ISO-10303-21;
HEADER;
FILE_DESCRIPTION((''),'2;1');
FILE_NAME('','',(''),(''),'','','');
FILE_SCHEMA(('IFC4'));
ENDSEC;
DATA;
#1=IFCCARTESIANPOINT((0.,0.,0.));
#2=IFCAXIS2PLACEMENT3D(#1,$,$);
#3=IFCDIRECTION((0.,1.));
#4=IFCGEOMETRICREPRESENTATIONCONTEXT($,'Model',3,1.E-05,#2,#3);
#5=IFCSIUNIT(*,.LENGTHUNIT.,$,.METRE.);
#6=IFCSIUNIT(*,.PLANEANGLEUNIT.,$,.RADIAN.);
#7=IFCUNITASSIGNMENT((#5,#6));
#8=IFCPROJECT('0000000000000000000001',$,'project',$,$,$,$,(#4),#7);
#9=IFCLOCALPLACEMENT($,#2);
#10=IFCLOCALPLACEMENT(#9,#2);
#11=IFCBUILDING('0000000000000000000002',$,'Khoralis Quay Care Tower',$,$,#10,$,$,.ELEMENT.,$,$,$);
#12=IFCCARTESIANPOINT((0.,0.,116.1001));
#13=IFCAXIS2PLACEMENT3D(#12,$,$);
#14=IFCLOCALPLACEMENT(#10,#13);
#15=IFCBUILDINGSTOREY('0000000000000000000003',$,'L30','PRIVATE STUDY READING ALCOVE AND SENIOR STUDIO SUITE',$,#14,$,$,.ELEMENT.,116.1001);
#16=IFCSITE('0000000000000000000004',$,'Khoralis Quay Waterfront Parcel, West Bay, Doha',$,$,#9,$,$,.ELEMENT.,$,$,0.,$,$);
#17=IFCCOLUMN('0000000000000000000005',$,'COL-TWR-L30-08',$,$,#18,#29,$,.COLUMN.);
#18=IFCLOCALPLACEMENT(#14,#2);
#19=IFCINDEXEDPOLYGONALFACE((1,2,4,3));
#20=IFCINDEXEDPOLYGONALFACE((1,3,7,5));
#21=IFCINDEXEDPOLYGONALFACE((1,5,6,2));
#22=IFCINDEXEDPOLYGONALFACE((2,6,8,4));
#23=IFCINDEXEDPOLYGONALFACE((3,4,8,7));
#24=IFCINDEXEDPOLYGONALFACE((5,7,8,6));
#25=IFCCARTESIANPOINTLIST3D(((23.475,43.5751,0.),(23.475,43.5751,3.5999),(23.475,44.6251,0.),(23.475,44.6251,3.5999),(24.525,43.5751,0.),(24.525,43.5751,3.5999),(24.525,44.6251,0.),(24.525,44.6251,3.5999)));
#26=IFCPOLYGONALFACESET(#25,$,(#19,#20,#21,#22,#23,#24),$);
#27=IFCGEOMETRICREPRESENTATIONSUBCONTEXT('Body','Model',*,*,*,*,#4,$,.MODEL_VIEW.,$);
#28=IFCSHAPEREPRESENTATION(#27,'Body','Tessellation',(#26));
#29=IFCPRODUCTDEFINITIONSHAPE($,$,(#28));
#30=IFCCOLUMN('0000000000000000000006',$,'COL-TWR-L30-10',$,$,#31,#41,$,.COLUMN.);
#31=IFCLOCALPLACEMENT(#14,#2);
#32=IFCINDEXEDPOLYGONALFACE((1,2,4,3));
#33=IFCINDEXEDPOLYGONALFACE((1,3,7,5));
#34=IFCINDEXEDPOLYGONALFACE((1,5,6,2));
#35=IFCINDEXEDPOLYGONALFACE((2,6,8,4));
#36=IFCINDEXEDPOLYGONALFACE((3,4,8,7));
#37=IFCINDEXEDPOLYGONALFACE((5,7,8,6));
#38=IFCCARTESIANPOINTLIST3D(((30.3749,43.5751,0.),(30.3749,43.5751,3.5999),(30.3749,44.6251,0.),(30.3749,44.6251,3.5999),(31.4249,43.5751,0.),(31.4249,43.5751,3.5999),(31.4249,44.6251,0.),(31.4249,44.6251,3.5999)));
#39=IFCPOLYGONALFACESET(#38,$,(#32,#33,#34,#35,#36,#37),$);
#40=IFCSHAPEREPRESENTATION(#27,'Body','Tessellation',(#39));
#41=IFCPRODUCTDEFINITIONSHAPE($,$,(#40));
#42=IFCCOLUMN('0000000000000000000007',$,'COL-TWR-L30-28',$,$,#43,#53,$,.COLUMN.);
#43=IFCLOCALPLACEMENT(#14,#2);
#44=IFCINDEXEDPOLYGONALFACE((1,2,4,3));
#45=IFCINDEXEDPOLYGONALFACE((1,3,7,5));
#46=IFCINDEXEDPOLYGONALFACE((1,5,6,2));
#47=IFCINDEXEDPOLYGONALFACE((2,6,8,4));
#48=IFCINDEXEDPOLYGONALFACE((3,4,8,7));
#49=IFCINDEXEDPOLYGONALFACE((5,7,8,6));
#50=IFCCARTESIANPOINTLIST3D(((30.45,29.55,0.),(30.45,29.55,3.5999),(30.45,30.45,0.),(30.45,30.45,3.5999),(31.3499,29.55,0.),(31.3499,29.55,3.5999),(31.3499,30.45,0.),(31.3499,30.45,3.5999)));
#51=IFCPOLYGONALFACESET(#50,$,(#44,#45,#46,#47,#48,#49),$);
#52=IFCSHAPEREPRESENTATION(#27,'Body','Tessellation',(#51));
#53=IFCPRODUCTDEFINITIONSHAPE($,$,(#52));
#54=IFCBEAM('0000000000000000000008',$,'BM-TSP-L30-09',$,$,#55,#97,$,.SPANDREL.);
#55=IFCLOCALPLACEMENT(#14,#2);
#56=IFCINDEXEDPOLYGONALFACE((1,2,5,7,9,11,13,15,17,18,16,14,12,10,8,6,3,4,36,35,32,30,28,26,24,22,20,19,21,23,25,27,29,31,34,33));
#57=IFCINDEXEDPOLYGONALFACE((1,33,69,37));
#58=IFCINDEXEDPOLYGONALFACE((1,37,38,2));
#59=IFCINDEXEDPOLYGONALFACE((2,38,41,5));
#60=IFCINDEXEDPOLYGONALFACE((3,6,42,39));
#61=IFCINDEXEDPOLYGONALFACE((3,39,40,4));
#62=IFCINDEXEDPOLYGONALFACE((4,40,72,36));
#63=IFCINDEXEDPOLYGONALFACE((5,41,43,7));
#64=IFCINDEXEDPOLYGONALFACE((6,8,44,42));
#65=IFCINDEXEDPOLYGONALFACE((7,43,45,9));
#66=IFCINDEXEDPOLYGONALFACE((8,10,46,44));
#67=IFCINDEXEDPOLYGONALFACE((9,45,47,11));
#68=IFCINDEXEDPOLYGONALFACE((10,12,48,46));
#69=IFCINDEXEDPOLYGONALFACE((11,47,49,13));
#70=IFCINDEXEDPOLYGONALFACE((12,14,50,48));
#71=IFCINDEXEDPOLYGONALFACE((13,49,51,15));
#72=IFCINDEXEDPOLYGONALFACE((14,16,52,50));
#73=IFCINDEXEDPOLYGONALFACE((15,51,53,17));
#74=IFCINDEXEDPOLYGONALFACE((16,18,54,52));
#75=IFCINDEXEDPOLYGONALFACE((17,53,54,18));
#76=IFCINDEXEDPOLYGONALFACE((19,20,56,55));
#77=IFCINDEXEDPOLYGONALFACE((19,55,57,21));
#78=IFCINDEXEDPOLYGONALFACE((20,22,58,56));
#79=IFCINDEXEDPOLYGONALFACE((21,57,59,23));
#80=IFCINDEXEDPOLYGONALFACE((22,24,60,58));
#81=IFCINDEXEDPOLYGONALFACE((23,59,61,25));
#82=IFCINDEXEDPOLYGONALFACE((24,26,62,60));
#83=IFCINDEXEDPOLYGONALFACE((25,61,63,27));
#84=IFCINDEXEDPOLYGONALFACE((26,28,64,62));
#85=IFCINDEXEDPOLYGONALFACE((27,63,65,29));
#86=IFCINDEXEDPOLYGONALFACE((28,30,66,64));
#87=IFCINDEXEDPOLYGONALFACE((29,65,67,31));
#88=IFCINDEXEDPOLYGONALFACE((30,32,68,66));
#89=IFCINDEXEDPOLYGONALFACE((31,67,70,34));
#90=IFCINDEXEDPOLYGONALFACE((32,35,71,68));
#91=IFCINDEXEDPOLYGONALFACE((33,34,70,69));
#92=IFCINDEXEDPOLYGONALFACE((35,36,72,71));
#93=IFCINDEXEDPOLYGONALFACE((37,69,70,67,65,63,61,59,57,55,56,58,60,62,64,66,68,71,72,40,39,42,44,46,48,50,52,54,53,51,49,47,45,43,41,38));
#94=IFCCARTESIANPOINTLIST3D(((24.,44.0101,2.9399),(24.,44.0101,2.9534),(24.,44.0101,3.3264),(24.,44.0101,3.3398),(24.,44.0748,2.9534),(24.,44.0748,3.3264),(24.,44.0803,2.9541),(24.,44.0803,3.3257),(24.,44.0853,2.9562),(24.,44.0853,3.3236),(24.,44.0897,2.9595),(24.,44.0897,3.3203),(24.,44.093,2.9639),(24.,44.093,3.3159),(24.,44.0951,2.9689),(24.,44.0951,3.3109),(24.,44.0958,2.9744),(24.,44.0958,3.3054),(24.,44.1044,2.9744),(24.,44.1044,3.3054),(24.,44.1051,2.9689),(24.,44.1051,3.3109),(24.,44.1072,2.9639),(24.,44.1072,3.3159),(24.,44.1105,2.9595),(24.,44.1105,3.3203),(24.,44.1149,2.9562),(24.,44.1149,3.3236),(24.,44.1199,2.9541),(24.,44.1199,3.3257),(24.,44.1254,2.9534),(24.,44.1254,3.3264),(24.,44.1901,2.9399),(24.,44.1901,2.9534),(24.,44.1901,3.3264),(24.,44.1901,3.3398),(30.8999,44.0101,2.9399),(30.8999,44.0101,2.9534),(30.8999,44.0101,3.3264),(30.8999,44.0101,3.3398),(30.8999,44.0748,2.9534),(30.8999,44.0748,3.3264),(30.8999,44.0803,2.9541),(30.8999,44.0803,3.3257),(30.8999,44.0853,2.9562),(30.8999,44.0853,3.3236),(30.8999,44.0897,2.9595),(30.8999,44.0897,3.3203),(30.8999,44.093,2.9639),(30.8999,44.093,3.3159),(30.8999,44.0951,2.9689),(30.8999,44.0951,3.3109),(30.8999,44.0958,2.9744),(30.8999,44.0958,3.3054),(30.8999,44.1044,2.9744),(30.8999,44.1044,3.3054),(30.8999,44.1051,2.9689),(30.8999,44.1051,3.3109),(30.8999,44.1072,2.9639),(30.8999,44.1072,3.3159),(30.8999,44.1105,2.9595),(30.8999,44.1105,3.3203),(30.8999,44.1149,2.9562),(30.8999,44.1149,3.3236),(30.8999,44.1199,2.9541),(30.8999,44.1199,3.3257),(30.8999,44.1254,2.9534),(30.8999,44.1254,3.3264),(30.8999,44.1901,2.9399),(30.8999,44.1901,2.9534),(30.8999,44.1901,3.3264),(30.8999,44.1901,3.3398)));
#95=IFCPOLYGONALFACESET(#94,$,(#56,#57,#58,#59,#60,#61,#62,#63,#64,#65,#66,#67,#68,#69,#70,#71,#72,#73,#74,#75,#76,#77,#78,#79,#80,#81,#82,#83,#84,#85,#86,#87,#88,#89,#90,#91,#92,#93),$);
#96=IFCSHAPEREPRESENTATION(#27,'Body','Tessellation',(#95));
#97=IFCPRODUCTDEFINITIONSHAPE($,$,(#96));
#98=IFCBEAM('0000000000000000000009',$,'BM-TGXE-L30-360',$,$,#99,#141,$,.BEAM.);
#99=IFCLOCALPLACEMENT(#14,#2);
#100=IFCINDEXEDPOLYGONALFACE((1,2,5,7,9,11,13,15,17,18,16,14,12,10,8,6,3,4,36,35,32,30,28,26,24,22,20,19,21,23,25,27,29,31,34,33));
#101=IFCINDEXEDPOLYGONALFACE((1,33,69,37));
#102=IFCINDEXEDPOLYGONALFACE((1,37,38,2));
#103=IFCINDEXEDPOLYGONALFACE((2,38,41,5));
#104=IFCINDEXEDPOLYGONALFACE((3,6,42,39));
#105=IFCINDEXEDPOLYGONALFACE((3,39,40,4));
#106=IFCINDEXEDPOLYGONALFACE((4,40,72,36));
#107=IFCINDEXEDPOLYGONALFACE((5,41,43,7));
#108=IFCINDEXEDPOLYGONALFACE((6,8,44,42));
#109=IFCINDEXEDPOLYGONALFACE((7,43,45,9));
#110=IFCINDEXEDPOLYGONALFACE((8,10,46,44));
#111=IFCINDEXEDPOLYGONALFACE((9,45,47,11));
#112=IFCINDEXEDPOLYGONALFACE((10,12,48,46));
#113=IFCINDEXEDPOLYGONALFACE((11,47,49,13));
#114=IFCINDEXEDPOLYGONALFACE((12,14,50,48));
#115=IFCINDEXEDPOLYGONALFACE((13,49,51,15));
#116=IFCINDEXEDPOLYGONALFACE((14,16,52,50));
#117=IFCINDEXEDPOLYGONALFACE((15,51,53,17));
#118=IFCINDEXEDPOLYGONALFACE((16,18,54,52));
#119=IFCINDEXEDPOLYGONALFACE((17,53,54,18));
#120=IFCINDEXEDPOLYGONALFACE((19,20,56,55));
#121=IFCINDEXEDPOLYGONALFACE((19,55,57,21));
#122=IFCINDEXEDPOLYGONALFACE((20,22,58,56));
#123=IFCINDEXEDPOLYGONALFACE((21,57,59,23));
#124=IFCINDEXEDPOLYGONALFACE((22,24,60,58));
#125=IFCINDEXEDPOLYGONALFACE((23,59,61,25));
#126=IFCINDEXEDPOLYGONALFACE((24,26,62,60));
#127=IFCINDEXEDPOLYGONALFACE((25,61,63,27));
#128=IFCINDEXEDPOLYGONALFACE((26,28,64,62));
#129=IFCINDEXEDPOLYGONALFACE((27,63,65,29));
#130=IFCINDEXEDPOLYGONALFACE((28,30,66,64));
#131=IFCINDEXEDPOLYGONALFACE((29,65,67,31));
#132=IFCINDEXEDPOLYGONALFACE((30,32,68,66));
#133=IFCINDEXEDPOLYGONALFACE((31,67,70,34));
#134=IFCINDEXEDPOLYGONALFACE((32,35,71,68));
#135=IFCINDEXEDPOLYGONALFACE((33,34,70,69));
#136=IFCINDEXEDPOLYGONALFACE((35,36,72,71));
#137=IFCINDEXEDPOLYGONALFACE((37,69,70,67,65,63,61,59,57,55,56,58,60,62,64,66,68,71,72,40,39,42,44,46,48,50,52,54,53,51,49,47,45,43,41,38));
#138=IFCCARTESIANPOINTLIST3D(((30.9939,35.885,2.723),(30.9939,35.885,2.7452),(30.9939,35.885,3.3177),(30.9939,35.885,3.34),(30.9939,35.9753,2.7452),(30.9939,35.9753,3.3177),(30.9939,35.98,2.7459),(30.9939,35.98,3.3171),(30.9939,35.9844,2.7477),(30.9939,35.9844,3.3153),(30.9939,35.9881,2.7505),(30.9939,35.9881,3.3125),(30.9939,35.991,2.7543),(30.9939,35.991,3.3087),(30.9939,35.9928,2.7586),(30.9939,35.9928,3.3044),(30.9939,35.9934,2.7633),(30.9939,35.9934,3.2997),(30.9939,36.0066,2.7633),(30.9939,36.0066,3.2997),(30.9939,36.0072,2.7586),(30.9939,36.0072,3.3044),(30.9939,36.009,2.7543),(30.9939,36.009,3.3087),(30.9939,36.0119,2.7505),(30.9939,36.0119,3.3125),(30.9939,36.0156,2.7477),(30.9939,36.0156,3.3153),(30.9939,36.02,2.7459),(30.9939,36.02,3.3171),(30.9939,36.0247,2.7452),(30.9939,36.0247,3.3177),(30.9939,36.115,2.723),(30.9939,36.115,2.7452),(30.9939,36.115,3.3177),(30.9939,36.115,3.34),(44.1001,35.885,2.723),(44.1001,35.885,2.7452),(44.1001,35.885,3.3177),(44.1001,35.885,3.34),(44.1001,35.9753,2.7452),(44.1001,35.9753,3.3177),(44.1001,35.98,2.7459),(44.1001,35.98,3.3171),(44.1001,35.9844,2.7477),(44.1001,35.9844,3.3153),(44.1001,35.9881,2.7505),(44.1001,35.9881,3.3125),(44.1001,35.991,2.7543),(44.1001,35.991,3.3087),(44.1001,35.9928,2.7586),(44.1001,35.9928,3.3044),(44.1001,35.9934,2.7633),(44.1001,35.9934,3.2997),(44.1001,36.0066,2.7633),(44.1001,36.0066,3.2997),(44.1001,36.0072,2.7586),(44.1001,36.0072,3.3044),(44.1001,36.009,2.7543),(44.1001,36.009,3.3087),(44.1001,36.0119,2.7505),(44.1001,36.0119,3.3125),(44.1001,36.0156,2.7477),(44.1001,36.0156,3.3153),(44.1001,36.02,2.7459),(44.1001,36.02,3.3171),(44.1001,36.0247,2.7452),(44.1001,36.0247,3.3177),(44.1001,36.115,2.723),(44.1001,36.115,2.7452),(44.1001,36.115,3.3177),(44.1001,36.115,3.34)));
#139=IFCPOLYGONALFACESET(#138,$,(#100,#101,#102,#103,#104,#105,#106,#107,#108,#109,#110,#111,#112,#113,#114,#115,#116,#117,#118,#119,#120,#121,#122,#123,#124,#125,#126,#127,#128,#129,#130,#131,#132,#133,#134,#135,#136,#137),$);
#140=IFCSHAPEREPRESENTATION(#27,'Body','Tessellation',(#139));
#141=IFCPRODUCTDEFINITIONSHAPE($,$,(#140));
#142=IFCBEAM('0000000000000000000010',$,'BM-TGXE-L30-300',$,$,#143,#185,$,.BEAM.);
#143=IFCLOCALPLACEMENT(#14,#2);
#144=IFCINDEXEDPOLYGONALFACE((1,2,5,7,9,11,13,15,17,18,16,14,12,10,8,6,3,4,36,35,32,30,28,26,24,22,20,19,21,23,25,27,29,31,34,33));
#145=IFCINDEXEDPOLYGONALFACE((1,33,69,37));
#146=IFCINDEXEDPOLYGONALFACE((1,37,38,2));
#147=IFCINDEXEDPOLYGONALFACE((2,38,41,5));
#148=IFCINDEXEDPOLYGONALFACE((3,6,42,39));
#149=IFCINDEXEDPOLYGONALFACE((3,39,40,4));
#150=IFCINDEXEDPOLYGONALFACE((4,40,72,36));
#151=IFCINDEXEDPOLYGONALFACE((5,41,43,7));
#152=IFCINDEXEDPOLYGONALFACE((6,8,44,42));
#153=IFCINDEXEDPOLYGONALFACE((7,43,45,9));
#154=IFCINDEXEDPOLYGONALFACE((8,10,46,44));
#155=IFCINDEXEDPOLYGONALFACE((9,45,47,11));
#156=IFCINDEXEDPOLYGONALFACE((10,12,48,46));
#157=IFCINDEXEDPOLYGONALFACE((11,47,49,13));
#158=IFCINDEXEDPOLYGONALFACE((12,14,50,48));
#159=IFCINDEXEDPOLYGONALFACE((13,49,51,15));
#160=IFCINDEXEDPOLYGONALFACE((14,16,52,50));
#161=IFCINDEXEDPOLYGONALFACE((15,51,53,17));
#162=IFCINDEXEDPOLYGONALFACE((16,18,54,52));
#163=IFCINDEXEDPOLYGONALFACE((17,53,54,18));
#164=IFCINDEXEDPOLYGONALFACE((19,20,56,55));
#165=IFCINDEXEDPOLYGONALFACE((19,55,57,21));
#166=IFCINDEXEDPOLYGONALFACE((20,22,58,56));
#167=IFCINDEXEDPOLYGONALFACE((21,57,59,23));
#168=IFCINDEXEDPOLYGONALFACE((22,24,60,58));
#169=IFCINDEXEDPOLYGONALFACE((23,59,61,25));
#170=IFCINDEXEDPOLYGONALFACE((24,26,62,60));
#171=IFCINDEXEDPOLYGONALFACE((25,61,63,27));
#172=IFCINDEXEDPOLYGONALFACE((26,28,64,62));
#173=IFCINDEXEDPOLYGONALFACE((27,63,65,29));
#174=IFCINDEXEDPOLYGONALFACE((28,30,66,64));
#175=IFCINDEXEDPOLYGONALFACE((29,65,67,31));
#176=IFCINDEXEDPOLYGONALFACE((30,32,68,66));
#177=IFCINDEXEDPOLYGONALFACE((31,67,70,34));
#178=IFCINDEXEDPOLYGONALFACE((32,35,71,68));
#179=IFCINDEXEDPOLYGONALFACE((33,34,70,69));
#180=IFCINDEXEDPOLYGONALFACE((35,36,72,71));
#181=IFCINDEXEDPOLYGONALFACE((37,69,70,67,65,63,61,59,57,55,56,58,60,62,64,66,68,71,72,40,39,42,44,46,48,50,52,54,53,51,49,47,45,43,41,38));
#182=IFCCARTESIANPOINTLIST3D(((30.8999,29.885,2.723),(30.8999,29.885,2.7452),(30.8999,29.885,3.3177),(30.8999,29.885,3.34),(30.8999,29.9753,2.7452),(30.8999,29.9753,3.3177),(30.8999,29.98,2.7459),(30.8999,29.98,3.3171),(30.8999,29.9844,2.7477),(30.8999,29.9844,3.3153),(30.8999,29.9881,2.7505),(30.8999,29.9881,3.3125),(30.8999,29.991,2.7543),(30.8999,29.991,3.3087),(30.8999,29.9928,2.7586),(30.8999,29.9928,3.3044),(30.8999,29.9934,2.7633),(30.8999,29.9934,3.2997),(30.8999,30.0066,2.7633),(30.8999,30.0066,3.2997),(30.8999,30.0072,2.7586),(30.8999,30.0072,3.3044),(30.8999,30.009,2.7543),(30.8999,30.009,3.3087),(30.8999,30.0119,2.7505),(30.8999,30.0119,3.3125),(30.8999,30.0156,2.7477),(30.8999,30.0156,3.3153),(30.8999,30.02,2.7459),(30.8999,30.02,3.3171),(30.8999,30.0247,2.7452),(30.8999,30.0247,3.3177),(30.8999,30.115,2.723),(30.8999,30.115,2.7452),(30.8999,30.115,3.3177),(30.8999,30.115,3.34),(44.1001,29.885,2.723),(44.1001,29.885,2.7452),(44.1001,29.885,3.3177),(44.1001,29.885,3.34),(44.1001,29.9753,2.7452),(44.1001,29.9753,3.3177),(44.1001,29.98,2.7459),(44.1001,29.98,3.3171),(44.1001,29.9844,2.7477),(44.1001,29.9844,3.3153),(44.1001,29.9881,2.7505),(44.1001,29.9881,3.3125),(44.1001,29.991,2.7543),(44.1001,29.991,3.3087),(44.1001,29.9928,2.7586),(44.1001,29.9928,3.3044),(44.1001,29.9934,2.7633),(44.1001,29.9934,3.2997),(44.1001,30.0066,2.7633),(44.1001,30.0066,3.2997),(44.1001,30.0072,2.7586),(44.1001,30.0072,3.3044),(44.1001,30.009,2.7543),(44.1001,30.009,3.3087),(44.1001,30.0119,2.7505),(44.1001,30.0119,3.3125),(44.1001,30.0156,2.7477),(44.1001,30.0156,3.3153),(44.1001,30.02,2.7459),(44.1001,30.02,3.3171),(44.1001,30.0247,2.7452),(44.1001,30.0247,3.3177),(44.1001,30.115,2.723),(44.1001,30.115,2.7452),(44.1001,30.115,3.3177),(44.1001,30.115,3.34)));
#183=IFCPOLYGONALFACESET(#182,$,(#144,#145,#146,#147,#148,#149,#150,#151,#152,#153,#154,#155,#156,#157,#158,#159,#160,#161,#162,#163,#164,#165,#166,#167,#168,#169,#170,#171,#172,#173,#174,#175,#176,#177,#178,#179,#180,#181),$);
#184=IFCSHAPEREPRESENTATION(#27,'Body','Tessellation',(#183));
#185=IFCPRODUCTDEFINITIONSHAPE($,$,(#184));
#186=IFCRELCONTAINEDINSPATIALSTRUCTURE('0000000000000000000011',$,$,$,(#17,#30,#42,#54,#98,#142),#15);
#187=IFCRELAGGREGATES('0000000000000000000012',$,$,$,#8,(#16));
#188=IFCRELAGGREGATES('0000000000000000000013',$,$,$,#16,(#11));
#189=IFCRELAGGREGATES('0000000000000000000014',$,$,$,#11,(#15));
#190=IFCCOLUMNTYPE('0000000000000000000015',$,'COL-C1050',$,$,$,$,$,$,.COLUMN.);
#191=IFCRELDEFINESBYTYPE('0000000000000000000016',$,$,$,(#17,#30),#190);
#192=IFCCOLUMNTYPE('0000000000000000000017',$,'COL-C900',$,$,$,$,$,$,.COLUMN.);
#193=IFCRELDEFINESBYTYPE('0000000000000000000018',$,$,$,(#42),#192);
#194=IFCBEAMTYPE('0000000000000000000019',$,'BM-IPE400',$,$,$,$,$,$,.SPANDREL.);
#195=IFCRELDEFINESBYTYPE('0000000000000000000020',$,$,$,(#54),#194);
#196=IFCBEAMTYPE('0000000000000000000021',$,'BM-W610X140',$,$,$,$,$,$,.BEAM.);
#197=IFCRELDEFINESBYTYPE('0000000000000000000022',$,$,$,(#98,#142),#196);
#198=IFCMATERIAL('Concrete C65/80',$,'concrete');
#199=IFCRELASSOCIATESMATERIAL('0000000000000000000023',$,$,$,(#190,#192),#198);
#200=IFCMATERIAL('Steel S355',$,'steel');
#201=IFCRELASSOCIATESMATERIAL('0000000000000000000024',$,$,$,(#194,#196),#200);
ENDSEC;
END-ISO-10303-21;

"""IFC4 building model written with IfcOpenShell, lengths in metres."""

from ifc_helpers import new_model, si_unit, direction, frame, origin, origin_2d, place, context, subcontext, project, spatial, rectangle, i_section, extrude, source, transform, mapped, material, material_profile, profile_set, type_object, element, save


model = new_model("IFC4")

# Units and contexts
model_context = context("Model", 3, precision=1e-05, world=origin(), true_north=direction((0.0, 1.0)))
body_context = subcontext(model_context, "Body", "Model", "MODEL_VIEW")
ifc_project = project(units=[si_unit("LENGTHUNIT", "METRE"), si_unit("PLANEANGLEUNIT", "RADIAN")], contexts=[model_context])

# Site, building, storey
site_placement = place(None, origin())
site = spatial("IfcSite", under=ifc_project, at=site_placement, Name="Khoralis Quay Waterfront Parcel, West Bay, Doha", CompositionType="ELEMENT", RefElevation=0.0)
building_placement = place(site_placement, origin())
building = spatial("IfcBuilding", under=site, at=building_placement, Name="Khoralis Quay Care Tower", CompositionType="ELEMENT")
storey_placement = place(building_placement, frame((0.0, 0.0, 116.1001)))
storey = spatial("IfcBuildingStorey", under=building, at=storey_placement, Name="L30", Description="PRIVATE STUDY READING ALCOVE AND SENIOR STUDIO SUITE", CompositionType="ELEMENT", Elevation=116.1001)

# Columns
ifc_material_1 = material(Name="Concrete C65/80", Category="concrete")
ifc_material_profile_1 = material_profile(ifc_material_1, rectangle(XDim=1.05, YDim=1.05, at=origin_2d()), Name="Concrete C65/80")
ifc_profile_set_1 = profile_set([ifc_material_profile_1], Name="Concrete C65/80")
column_type_1 = type_object("IfcColumnType", Name="COL-C1050", PredefinedType="COLUMN", material=ifc_profile_set_1)
shared_shape_1 = source(origin(), body_context, "Body", "SweptSolid", [
    extrude(rectangle(XDim=1.05, YDim=1.05, at=origin_2d()), origin(), (0.0, 0.0, 1.0), 3.5999),
])
for number, where, z_axis, x_axis, name in (
    (1, (24.0, 44.1001, 0.0), (0.0, 0.0, 1.0), (1.0, 0.0, 0.0), "COL-TWR-L30-08"),
    (2, (30.8999, 44.1001, 0.0), (0.0, 0.0, 1.0), (1.0, 0.0, 0.0), "COL-TWR-L30-10"),
):
    element("IfcColumn", number, at=place(storey_placement, frame(where, z_axis=z_axis, x_axis=x_axis)), inside=storey, type_object=column_type_1, Name=name, PredefinedType="COLUMN", context=body_context, shape_type="MappedRepresentation", body=[
        mapped(shared_shape_1, transform((0.0, 0.0, 0.0), scale=1.0)),
    ])
ifc_material_profile_2 = material_profile(ifc_material_1, rectangle(XDim=0.8999, YDim=0.8999, at=origin_2d()), Name="Concrete C65/80")
ifc_profile_set_2 = profile_set([ifc_material_profile_2], Name="Concrete C65/80")
column_type_2 = type_object("IfcColumnType", Name="COL-C900", PredefinedType="COLUMN", material=ifc_profile_set_2)
shared_shape_2 = source(origin(), body_context, "Body", "SweptSolid", [
    extrude(rectangle(XDim=0.8999, YDim=0.8999, at=origin_2d()), origin(), (0.0, 0.0, 1.0), 3.5999),
])
column_placement = place(storey_placement, frame((30.8999, 30.0, 0.0), z_axis=(0.0, 0.0, 1.0), x_axis=(1.0, 0.0, 0.0)))
element("IfcColumn", 3, at=column_placement, inside=storey, type_object=column_type_2, Name="COL-TWR-L30-28", PredefinedType="COLUMN", context=body_context, shape_type="MappedRepresentation", body=[
    mapped(shared_shape_2, transform((0.0, 0.0, 0.0), scale=1.0)),
])

# Beams
ifc_material_2 = material(Name="Steel S355", Category="steel")
ifc_material_profile_3 = material_profile(ifc_material_2, i_section(OverallWidth=0.1799, OverallDepth=0.3999, WebThickness=0.0085, FlangeThickness=0.0134, FilletRadius=0.021, at=origin_2d()), Name="Steel S355")
ifc_profile_set_3 = profile_set([ifc_material_profile_3], Name="Steel S355")
beam_type_1 = type_object("IfcBeamType", Name="BM-IPE400", PredefinedType="SPANDREL", material=ifc_profile_set_3)
shared_shape_3 = source(origin(), body_context, "Body", "SweptSolid", [
    extrude(i_section(OverallWidth=0.1799, OverallDepth=0.3999, WebThickness=0.0085, FlangeThickness=0.0134, FilletRadius=0.021, at=origin_2d()), origin(), (0.0, 0.0, 1.0), 6.8999),
])
beam_1_placement = place(storey_placement, frame((24.0, 44.1001, 3.1399), z_axis=(1.0, 0.0, 0.0), x_axis=(0.0, 1.0, 0.0)))
element("IfcBeam", 4, at=beam_1_placement, inside=storey, type_object=beam_type_1, Name="BM-TSP-L30-09", PredefinedType="SPANDREL", context=body_context, shape_type="MappedRepresentation", body=[
    mapped(shared_shape_3, transform((0.0, 0.0, 0.0), scale=1.0)),
])
ifc_material_profile_4 = material_profile(ifc_material_2, i_section(OverallWidth=0.23, OverallDepth=0.6169, WebThickness=0.0132, FlangeThickness=0.0222, FilletRadius=0.0181, at=origin_2d()), Name="Steel S355")
ifc_profile_set_4 = profile_set([ifc_material_profile_4], Name="Steel S355")
beam_type_2 = type_object("IfcBeamType", Name="BM-W610X140", PredefinedType="BEAM", material=ifc_profile_set_4)
shared_shape_4 = source(origin(), body_context, "Body", "SweptSolid", [
    extrude(i_section(OverallWidth=0.23, OverallDepth=0.6169, WebThickness=0.0132, FlangeThickness=0.0222, FilletRadius=0.0181, at=origin_2d()), origin(), (0.0, 0.0, 1.0), 13.1062),
])
beam_2_placement = place(storey_placement, frame((30.9939, 36.0, 3.0315), z_axis=(1.0, 0.0, 0.0), x_axis=(0.0, 1.0, 0.0)))
element("IfcBeam", 5, at=beam_2_placement, inside=storey, type_object=beam_type_2, Name="BM-TGXE-L30-360", PredefinedType="BEAM", context=body_context, shape_type="MappedRepresentation", body=[
    mapped(shared_shape_4, transform((0.0, 0.0, 0.0), scale=1.0)),
])
shared_shape_5 = source(origin(), body_context, "Body", "SweptSolid", [
    extrude(i_section(OverallWidth=0.23, OverallDepth=0.6169, WebThickness=0.0132, FlangeThickness=0.0222, FilletRadius=0.0181, at=origin_2d()), origin(), (0.0, 0.0, 1.0), 13.2002),
])
beam_3_placement = place(storey_placement, frame((30.8999, 30.0, 3.0315), z_axis=(1.0, 0.0, 0.0), x_axis=(0.0, 1.0, 0.0)))
element("IfcBeam", 6, at=beam_3_placement, inside=storey, type_object=beam_type_2, Name="BM-TGXE-L30-300", PredefinedType="BEAM", context=body_context, shape_type="MappedRepresentation", body=[
    mapped(shared_shape_5, transform((0.0, 0.0, 0.0), scale=1.0)),
])

save(model, "model.ifc")
